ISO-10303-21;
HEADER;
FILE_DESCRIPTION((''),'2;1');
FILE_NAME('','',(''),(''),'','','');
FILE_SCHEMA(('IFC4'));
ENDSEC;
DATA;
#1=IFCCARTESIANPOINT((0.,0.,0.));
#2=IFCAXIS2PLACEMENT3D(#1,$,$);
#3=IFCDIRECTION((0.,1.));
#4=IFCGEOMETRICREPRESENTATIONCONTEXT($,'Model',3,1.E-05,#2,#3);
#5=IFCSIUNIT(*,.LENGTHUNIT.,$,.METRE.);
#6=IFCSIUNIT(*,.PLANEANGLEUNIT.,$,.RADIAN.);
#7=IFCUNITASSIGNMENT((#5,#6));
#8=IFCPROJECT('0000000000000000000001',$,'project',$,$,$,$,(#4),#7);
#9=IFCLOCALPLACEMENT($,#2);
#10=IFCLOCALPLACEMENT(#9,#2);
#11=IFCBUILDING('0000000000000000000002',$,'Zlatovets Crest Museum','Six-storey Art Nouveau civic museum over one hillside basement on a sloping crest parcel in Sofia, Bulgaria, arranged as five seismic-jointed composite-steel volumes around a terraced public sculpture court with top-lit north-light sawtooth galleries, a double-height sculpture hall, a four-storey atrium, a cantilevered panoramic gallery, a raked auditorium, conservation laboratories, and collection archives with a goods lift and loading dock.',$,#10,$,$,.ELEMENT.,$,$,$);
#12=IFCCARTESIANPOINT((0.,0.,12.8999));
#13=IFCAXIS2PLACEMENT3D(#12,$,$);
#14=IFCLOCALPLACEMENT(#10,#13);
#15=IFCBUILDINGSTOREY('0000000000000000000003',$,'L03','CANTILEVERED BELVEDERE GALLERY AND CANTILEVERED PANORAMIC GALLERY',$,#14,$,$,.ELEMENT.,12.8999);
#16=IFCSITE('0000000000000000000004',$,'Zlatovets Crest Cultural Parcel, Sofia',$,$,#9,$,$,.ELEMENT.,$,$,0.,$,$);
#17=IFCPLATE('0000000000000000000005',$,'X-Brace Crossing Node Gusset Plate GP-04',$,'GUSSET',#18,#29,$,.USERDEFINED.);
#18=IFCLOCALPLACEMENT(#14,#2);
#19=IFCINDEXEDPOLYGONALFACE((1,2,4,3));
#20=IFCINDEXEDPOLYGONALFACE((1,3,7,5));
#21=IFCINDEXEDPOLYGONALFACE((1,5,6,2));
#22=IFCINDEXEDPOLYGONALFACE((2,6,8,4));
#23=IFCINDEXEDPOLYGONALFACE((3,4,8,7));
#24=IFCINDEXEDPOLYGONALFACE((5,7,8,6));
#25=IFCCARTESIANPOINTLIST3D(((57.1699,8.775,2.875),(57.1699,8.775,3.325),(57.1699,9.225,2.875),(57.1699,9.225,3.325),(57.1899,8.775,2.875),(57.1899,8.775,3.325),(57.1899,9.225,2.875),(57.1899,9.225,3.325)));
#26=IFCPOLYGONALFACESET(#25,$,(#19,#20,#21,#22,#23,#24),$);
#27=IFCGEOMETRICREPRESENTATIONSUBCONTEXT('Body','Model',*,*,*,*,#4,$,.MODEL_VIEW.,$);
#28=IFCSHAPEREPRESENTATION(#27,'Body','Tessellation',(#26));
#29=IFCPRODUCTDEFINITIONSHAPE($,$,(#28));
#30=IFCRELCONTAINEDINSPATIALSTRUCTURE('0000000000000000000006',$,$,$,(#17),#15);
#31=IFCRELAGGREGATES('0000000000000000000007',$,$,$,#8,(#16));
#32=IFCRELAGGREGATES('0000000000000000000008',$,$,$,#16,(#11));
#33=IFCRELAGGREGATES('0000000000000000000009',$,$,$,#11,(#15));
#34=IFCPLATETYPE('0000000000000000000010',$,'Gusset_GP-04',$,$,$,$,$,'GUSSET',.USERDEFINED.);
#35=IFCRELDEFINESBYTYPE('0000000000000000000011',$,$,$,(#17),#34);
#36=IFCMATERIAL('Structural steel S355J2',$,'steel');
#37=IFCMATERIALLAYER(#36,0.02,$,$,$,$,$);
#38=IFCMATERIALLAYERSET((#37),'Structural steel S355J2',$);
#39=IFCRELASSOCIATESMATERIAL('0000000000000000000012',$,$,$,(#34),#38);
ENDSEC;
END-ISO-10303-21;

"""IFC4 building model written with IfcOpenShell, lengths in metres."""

from ifc_helpers import new_model, si_unit, direction, frame, origin, origin_2d, place, context, subcontext, project, spatial, rectangle, extrude, material, layer, layer_set, type_object, element, save


model = new_model("IFC4")

# Units and contexts
model_context = context("Model", 3, precision=1e-05, world=origin(), true_north=direction((0.0, 1.0)))
body_context = subcontext(model_context, "Body", "Model", "MODEL_VIEW")
ifc_project = project(units=[si_unit("LENGTHUNIT", "METRE"), si_unit("PLANEANGLEUNIT", "RADIAN")], contexts=[model_context])

# Site, building, storey
site_placement = place(None, origin())
site = spatial("IfcSite", under=ifc_project, at=site_placement, Name="Zlatovets Crest Cultural Parcel, Sofia", CompositionType="ELEMENT", RefElevation=0.0)
building_placement = place(site_placement, origin())
building = spatial("IfcBuilding", under=site, at=building_placement, Name="Zlatovets Crest Museum", Description="Six-storey Art Nouveau civic museum over one hillside basement on a sloping crest parcel in Sofia, Bulgaria, arranged as five seismic-jointed composite-steel volumes around a terraced public sculpture court with top-lit north-light sawtooth galleries, a double-height sculpture hall, a four-storey atrium, a cantilevered panoramic gallery, a raked auditorium, conservation laboratories, and collection archives with a goods lift and loading dock.", CompositionType="ELEMENT")
storey_placement = place(building_placement, frame((0.0, 0.0, 12.8999)))
storey = spatial("IfcBuildingStorey", under=building, at=storey_placement, Name="L03", Description="CANTILEVERED BELVEDERE GALLERY AND CANTILEVERED PANORAMIC GALLERY", CompositionType="ELEMENT", Elevation=12.8999)

# Shared definitions
ifc_material_1 = material(Name="Structural steel S355J2", Category="steel")

# Plate
ifc_layer_1 = layer(ifc_material_1, 0.02)
ifc_layer_set_1 = layer_set([ifc_layer_1], Name="Structural steel S355J2")
plate_type_1 = type_object("IfcPlateType", Name="Gusset_GP-04", ElementType="GUSSET", PredefinedType="USERDEFINED", material=ifc_layer_set_1)
for number, where, z_axis, x_axis, name in (
    (1, (57.1799, 9.0, 2.875), (0.0, 0.0, 1.0), (1.0, 0.0, 0.0), "X-Brace Crossing Node Gusset Plate GP-04"),
):
    element("IfcPlate", number, at=place(storey_placement, frame(where, z_axis=z_axis, x_axis=x_axis)), inside=storey, type_object=plate_type_1, Name=name, ObjectType="GUSSET", PredefinedType="USERDEFINED", context=body_context, shape_type="SweptSolid", body=[
        extrude(rectangle(XDim=0.02, YDim=0.45, at=origin_2d()), origin(), (0.0, 0.0, 1.0), 0.45),
    ])

save(model, "model.ifc")
